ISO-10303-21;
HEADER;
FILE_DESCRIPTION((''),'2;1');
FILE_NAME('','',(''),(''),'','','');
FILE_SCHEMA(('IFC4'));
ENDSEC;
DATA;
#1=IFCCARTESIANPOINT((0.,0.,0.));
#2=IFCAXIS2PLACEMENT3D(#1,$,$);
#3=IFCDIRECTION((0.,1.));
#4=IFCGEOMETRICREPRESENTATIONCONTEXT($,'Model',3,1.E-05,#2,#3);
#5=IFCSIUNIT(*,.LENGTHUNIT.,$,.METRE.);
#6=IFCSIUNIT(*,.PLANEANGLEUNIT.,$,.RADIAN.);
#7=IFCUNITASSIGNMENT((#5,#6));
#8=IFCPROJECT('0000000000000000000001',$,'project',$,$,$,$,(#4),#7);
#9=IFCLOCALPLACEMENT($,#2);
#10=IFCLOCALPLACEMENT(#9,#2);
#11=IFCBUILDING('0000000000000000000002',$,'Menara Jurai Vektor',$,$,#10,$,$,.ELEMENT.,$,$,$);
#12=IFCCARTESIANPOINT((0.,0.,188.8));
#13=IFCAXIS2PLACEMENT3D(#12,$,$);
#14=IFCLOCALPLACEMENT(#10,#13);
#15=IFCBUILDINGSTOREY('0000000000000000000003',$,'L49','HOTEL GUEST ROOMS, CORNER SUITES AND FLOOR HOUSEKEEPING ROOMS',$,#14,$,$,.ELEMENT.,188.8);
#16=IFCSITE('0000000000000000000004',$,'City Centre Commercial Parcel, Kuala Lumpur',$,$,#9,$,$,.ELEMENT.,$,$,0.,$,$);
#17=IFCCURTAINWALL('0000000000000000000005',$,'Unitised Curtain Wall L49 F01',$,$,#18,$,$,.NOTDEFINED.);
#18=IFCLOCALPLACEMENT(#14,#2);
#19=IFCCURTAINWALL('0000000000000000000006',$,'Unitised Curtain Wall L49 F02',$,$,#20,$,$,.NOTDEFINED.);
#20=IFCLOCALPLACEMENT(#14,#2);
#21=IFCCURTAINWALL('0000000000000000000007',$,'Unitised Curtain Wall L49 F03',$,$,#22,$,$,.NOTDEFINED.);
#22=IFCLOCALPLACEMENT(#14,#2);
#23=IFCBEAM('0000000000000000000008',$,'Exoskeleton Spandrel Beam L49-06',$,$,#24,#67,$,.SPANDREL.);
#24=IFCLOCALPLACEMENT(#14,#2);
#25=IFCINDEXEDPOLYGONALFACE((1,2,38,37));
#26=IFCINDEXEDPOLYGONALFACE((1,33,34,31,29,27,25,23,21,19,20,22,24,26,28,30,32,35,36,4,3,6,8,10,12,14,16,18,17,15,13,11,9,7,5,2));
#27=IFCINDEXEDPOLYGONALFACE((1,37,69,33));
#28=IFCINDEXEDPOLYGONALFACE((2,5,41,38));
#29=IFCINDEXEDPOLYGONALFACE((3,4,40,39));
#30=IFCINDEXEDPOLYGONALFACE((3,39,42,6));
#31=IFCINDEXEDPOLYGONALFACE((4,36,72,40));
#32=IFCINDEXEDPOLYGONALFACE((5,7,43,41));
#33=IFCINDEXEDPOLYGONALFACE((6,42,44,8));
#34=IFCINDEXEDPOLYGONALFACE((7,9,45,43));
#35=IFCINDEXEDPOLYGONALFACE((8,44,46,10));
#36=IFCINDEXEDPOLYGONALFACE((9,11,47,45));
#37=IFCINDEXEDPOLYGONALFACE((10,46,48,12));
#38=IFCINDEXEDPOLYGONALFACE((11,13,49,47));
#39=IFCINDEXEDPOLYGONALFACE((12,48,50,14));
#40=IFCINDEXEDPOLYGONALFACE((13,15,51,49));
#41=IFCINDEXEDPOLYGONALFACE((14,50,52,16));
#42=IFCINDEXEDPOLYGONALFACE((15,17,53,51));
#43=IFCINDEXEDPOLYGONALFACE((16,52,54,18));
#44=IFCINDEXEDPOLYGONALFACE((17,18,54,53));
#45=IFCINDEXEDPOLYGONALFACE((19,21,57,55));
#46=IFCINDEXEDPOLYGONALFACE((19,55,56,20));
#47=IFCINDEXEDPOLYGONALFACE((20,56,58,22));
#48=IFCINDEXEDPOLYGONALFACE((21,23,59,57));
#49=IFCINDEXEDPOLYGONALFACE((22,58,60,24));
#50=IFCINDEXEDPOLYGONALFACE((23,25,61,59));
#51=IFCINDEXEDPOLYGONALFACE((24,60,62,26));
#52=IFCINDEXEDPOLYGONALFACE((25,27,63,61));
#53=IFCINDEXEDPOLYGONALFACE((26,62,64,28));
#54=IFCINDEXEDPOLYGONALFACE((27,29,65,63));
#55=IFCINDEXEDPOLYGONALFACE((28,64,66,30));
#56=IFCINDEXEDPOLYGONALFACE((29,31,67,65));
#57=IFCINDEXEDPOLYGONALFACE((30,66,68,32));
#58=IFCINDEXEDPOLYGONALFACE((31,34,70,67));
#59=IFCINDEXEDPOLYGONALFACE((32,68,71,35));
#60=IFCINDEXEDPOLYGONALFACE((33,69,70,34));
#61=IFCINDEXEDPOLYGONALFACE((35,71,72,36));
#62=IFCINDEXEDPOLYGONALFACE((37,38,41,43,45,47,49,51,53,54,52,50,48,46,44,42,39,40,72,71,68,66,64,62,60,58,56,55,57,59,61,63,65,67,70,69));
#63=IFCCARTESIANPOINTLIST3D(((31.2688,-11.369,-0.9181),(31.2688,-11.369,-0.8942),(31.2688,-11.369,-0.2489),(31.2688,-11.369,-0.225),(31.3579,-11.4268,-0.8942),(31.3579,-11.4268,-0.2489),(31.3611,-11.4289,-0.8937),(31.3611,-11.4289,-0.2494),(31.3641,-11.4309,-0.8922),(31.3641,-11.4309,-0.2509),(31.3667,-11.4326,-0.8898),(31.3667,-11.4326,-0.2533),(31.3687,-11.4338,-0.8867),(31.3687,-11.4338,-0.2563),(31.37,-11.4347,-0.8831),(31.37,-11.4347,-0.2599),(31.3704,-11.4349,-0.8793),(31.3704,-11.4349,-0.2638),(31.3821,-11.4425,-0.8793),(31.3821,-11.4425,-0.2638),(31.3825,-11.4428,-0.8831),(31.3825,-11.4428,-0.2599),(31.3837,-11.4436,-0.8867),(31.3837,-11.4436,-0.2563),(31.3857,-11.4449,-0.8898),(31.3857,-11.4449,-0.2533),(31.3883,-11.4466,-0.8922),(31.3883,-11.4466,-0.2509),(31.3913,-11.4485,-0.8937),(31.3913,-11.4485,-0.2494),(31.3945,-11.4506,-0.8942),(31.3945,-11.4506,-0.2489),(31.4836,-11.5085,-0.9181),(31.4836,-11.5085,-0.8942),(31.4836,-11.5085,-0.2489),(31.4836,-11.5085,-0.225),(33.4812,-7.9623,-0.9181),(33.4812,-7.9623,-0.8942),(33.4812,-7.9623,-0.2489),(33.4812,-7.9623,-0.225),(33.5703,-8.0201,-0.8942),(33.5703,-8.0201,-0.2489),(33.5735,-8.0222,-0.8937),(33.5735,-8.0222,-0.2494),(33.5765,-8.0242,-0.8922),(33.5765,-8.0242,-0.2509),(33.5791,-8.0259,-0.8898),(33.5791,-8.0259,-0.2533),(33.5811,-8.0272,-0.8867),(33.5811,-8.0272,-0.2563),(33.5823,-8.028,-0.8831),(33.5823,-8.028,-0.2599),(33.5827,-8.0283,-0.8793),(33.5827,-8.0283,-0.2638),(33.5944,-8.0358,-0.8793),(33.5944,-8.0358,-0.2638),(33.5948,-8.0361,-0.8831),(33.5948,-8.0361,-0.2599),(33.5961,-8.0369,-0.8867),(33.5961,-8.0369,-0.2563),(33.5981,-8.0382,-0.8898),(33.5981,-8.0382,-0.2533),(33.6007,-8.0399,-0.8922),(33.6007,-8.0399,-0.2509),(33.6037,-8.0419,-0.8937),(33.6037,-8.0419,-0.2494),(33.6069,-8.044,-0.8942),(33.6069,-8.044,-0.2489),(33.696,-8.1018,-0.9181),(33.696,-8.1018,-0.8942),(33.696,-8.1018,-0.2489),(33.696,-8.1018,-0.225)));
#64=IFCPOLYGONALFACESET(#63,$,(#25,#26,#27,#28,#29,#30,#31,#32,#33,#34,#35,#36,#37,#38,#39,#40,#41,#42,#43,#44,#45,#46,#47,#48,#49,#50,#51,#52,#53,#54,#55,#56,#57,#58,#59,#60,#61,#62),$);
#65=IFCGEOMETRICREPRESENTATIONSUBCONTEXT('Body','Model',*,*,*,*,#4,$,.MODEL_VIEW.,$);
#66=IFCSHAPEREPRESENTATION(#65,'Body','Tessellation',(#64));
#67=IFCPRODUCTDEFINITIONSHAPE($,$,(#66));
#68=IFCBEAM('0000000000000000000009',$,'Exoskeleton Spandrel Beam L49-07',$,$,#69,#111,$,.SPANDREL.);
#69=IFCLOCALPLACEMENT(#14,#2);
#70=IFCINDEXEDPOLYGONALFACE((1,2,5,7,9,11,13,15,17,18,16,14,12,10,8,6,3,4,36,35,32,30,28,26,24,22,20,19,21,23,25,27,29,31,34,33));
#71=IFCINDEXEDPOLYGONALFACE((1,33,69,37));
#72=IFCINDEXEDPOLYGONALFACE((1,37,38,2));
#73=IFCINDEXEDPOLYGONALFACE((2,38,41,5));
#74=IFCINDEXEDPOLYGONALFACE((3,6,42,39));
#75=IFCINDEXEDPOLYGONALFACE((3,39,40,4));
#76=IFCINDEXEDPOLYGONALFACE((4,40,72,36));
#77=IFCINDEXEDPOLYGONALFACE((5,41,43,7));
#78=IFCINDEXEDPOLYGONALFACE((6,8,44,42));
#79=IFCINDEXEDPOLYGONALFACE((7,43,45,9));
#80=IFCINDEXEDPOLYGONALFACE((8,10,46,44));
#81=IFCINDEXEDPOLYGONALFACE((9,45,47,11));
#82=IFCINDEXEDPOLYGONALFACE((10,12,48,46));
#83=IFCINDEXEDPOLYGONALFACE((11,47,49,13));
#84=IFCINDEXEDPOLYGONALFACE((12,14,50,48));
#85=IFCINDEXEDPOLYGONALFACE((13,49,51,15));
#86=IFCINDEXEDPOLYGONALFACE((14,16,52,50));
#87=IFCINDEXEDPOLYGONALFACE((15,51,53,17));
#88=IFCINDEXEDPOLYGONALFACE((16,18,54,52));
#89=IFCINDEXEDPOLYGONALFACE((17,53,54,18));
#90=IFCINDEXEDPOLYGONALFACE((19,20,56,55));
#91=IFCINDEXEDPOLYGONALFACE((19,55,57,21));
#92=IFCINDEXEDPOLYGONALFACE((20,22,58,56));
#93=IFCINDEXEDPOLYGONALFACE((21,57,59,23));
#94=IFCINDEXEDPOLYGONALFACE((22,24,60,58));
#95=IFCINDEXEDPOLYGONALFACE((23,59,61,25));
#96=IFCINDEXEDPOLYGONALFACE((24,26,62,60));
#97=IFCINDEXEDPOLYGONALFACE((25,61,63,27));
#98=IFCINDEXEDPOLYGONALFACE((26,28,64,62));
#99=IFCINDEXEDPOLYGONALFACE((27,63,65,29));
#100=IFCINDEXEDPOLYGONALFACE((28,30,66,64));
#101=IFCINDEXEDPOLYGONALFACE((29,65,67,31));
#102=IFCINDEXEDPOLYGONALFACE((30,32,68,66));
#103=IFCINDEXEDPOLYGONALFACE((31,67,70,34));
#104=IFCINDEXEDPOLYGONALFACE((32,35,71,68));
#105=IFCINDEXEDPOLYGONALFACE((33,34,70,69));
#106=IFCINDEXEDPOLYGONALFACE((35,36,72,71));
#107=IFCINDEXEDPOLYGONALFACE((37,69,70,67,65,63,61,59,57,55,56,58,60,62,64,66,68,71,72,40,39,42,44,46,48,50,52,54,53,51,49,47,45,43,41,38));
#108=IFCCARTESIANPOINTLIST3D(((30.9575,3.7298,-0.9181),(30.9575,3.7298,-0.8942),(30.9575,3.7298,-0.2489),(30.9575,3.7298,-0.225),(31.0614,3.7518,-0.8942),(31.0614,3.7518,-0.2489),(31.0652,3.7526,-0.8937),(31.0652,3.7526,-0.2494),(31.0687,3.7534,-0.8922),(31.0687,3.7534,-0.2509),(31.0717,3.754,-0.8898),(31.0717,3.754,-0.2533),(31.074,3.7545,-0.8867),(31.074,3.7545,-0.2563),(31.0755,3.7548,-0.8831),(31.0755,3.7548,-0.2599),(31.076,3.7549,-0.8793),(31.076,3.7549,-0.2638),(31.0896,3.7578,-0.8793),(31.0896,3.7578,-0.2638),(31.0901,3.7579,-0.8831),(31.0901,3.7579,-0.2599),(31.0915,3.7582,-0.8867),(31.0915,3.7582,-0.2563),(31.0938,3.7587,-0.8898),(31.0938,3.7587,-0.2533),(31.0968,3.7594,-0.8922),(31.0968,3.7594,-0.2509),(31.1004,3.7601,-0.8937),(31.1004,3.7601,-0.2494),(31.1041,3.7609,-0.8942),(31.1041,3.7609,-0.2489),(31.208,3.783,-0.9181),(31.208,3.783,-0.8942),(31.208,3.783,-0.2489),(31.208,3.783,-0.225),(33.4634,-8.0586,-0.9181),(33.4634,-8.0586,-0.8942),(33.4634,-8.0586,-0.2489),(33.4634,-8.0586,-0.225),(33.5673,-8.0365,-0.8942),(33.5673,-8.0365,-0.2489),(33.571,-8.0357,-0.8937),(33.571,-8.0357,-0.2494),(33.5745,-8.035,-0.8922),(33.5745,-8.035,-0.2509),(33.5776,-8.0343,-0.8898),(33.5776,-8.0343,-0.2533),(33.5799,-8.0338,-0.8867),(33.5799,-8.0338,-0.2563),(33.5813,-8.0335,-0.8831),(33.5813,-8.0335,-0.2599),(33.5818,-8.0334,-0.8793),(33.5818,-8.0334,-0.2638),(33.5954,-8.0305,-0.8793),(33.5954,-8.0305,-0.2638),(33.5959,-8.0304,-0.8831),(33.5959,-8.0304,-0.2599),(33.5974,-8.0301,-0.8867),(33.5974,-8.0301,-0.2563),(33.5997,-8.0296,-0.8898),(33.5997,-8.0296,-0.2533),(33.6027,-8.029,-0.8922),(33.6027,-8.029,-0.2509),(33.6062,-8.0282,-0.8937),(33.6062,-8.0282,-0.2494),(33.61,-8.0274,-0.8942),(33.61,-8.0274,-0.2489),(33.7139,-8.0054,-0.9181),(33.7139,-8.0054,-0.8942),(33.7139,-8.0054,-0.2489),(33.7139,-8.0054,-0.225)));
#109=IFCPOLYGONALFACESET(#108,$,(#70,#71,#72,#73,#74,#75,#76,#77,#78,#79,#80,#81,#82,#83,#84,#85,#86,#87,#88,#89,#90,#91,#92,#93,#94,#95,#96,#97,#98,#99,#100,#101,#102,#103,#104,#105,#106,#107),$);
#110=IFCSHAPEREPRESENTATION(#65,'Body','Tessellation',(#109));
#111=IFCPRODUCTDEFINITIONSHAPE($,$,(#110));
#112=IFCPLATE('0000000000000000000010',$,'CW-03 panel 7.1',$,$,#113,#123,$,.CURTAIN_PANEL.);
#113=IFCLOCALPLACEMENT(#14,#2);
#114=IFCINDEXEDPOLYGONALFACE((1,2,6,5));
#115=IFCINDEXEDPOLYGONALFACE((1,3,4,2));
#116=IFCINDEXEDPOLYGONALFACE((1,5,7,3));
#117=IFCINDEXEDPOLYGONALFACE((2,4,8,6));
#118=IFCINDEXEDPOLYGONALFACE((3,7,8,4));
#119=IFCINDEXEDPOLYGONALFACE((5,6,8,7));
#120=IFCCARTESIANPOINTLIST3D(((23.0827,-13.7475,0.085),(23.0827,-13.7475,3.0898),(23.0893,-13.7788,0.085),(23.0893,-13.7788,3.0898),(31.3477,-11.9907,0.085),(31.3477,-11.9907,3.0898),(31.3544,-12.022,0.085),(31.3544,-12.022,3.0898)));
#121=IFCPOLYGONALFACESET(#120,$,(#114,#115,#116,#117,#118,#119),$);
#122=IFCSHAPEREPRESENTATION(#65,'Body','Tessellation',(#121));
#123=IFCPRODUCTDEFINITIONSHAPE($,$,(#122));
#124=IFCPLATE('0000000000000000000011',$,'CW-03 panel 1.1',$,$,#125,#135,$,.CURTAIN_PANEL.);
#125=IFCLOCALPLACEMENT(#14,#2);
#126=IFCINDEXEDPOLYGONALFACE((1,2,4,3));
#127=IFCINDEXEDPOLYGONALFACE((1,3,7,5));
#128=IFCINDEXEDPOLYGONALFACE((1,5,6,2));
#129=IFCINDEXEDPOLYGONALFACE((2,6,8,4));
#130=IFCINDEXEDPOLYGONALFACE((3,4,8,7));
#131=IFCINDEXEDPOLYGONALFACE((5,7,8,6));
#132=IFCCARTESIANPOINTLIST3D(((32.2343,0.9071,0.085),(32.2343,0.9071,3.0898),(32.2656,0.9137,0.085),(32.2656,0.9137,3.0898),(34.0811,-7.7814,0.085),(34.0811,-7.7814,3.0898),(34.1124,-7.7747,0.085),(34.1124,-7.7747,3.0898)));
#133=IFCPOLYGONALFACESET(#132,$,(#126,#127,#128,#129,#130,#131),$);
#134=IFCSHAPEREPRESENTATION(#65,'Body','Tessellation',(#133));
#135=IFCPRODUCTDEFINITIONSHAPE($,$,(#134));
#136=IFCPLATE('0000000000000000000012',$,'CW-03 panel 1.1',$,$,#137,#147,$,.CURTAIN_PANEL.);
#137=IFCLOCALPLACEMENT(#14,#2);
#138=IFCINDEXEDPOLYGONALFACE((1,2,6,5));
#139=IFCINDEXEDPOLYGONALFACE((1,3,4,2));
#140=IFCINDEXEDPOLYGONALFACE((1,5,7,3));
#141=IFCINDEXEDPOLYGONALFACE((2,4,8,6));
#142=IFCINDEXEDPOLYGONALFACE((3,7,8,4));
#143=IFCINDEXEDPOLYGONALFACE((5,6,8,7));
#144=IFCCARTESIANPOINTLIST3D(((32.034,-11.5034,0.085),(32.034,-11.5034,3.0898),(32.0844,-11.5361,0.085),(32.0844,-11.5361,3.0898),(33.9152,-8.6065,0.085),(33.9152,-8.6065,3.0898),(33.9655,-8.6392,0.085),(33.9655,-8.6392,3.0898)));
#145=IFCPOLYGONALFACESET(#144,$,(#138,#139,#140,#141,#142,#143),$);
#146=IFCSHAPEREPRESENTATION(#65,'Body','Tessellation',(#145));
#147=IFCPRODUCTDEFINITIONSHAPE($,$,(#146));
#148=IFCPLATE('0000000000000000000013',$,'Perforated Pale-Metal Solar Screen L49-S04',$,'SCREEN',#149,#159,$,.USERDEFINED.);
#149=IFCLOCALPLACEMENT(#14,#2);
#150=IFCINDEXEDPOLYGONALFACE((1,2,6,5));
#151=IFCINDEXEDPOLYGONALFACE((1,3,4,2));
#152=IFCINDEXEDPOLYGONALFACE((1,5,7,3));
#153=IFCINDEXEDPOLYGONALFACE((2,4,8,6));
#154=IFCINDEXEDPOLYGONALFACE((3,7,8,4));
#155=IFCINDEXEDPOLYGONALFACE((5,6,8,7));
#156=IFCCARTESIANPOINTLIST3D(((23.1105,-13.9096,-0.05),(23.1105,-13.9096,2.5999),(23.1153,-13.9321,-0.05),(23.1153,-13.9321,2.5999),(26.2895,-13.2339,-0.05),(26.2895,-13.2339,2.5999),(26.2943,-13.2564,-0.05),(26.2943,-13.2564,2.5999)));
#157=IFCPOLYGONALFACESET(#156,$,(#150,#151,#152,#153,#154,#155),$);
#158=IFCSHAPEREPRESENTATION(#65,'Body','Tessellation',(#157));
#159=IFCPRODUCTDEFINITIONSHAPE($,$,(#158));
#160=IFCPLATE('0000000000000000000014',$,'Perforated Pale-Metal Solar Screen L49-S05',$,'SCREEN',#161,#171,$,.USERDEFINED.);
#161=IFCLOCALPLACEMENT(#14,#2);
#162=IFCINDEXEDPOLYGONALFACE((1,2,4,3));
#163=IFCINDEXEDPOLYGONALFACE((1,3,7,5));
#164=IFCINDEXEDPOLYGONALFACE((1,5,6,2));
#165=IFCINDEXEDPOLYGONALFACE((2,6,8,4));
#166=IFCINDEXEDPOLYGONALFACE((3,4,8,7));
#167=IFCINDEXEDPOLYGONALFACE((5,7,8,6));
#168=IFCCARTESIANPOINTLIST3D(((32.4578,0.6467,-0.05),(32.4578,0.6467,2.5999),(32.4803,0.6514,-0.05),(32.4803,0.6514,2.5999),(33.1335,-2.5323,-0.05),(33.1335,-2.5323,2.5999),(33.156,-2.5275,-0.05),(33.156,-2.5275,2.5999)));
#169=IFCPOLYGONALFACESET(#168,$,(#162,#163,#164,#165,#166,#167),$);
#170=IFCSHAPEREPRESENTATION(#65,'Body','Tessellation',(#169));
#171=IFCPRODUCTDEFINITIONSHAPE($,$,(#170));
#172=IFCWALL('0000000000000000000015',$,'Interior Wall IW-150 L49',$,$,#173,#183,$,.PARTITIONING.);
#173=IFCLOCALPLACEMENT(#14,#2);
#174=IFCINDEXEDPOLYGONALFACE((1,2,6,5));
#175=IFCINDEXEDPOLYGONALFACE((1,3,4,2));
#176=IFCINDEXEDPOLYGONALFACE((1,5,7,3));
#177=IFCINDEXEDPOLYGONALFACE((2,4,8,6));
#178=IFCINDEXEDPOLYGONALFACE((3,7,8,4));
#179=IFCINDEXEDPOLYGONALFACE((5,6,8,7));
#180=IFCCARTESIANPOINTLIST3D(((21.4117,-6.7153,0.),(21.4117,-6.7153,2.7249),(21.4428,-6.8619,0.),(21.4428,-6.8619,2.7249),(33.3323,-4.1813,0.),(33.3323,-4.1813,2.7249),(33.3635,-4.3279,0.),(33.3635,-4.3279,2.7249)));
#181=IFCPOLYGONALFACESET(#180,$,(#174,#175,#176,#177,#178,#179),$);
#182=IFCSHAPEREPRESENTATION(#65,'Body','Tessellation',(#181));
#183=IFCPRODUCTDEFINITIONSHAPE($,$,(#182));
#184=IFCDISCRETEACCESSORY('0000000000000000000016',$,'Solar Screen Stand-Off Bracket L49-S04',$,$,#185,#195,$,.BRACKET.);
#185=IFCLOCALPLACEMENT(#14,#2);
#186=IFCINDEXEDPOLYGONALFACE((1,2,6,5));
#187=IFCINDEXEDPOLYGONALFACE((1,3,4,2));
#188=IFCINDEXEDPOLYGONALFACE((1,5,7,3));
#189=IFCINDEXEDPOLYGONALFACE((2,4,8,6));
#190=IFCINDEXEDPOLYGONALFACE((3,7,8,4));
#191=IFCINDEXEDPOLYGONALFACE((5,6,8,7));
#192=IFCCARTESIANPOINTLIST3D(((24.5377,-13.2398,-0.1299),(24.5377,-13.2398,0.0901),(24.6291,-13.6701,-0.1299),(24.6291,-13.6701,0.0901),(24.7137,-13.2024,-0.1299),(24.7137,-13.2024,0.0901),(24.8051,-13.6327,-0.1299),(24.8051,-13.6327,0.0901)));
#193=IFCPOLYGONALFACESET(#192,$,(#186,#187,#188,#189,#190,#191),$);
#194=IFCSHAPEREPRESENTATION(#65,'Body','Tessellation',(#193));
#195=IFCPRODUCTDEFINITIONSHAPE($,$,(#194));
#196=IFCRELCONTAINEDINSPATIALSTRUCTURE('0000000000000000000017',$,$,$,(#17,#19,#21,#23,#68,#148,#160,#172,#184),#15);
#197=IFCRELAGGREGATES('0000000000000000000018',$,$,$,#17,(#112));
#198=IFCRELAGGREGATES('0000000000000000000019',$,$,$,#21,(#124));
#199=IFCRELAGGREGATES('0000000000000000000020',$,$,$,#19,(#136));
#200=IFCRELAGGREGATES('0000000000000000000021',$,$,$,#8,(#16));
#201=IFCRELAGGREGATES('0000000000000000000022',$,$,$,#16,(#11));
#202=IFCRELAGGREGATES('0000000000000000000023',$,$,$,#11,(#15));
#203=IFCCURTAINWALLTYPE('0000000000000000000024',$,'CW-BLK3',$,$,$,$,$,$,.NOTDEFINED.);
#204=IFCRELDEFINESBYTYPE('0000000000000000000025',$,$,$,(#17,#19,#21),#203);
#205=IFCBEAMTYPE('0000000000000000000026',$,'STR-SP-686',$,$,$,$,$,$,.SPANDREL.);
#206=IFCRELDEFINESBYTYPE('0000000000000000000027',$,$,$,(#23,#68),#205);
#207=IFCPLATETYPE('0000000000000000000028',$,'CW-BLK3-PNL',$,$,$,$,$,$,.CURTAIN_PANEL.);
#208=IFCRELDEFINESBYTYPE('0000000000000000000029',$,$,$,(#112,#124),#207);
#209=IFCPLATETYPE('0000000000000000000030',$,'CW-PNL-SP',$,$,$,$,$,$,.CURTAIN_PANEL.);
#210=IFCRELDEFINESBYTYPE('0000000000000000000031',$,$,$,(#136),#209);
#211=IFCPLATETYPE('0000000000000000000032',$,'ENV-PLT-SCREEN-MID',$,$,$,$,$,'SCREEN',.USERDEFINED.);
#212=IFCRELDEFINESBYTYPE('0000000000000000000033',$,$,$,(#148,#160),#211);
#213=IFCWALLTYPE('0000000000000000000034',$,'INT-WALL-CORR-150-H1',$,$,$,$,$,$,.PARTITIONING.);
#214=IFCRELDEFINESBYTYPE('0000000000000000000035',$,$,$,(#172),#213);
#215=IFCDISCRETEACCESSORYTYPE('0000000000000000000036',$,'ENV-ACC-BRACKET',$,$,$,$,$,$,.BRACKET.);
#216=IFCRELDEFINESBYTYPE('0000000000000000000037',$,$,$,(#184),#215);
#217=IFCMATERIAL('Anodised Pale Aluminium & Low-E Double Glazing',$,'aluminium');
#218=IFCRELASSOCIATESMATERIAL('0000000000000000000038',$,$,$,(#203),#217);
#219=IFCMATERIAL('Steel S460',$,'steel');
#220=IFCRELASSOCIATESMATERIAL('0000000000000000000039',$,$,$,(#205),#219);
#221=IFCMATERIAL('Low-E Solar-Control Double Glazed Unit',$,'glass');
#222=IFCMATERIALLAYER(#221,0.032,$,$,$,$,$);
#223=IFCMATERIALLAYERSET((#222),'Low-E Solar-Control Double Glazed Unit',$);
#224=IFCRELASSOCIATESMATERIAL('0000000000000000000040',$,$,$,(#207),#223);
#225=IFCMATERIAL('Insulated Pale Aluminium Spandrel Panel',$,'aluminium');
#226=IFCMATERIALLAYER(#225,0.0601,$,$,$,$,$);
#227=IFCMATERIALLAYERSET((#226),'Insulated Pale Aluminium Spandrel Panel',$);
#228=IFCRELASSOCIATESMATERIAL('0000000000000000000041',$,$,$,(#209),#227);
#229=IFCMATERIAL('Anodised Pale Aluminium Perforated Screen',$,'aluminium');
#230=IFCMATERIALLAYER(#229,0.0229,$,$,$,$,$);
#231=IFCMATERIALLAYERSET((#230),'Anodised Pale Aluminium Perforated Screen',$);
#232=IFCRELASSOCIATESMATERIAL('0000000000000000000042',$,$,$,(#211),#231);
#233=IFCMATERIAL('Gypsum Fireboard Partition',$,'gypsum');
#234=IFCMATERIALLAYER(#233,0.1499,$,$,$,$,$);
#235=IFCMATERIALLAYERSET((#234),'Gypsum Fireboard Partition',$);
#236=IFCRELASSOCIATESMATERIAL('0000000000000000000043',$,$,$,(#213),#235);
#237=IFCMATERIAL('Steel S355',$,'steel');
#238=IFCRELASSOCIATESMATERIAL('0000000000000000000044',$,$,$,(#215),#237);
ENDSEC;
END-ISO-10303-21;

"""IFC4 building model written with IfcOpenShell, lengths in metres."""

from ifc_helpers import new_model, si_unit, direction, frame, frame_2d, origin, origin_2d, place, context, subcontext, project, spatial, rectangle, i_section, extrude, material, layer, layer_set, material_profile, profile_set, type_object, element, aggregate, save


model = new_model("IFC4")

# Units and contexts
model_context = context("Model", 3, precision=1e-05, world=origin(), true_north=direction((0.0, 1.0)))
body_context = subcontext(model_context, "Body", "Model", "MODEL_VIEW")
ifc_project = project(units=[si_unit("LENGTHUNIT", "METRE"), si_unit("PLANEANGLEUNIT", "RADIAN")], contexts=[model_context])

# Site, building, storey
site_placement = place(None, origin())
site = spatial("IfcSite", under=ifc_project, at=site_placement, Name="City Centre Commercial Parcel, Kuala Lumpur", CompositionType="ELEMENT", RefElevation=0.0)
building_placement = place(site_placement, origin())
building = spatial("IfcBuilding", under=site, at=building_placement, Name="Menara Jurai Vektor", CompositionType="ELEMENT")
storey_placement = place(building_placement, frame((0.0, 0.0, 188.8)))
storey = spatial("IfcBuildingStorey", under=building, at=storey_placement, Name="L49", Description="HOTEL GUEST ROOMS, CORNER SUITES AND FLOOR HOUSEKEEPING ROOMS", CompositionType="ELEMENT", Elevation=188.8)

# Shared definitions
ifc_material_1 = material(Name="Steel S460", Category="steel")

# Curtain walls
ifc_material_2 = material(Name="Anodised Pale Aluminium & Low-E Double Glazing", Category="aluminium")
curtain_wall_type = type_object("IfcCurtainWallType", Name="CW-BLK3", PredefinedType="NOTDEFINED", material=ifc_material_2)
curtain_wall_1_placement = place(storey_placement, origin())
curtain_wall_1 = element("IfcCurtainWall", 1, at=curtain_wall_1_placement, inside=storey, type_object=curtain_wall_type, Name="Unitised Curtain Wall L49 F01", PredefinedType="NOTDEFINED")
curtain_wall_2_placement = place(storey_placement, origin())
curtain_wall_2 = element("IfcCurtainWall", 2, at=curtain_wall_2_placement, inside=storey, type_object=curtain_wall_type, Name="Unitised Curtain Wall L49 F02", PredefinedType="NOTDEFINED")

# Curtain wall
curtain_wall_3_placement = place(storey_placement, origin())
curtain_wall_3 = element("IfcCurtainWall", 3, at=curtain_wall_3_placement, inside=storey, type_object=curtain_wall_type, Name="Unitised Curtain Wall L49 F03", PredefinedType="NOTDEFINED")

# Shared definitions
ifc_material_3 = material(Name="Steel S355", Category="steel")

# Beams
ifc_material_profile_1 = material_profile(ifc_material_1, i_section(OverallWidth=0.2561, OverallDepth=0.6931, WebThickness=0.0139, FlangeThickness=0.0239, FilletRadius=0.0149, at=origin_2d()), Name="UKB 686x254x170")
ifc_profile_set_1 = profile_set([ifc_material_profile_1], Name="Steel S460")
beam_type_1 = type_object("IfcBeamType", Name="STR-SP-686", PredefinedType="SPANDREL", material=ifc_profile_set_1)
beam_1_placement = place(storey_placement, frame((31.3762, -11.4387, -0.5715), z_axis=(0.544646, 0.838666, 0.0), x_axis=(-0.838666, 0.544646, 0.0)))
element("IfcBeam", 4, at=beam_1_placement, inside=storey, type_object=beam_type_1, Name="Exoskeleton Spandrel Beam L49-06", PredefinedType="SPANDREL", context=body_context, shape_type="SweptSolid", body=[
    extrude(i_section(OverallWidth=0.2561, OverallDepth=0.6931, WebThickness=0.0139, FlangeThickness=0.0239, FilletRadius=0.0149, at=origin_2d()), origin(), (0.0, 0.0, 1.0), 4.062),
])
beam_2_placement = place(storey_placement, frame((33.5886, -8.032, -0.5715), z_axis=(-0.207925, 0.978145, 0.0), x_axis=(-0.978145, -0.207925, 0.0)))
element("IfcBeam", 5, at=beam_2_placement, inside=storey, type_object=beam_type_1, Name="Exoskeleton Spandrel Beam L49-07", PredefinedType="SPANDREL", context=body_context, shape_type="SweptSolid", body=[
    extrude(i_section(OverallWidth=0.2561, OverallDepth=0.6931, WebThickness=0.0139, FlangeThickness=0.0239, FilletRadius=0.0149, at=origin_2d()), origin(), (0.0, 0.0, 1.0), 12.0518),
])

# Plates
ifc_material_4 = material(Name="Low-E Solar-Control Double Glazed Unit", Category="glass")
ifc_layer_1 = layer(ifc_material_4, 0.032)
ifc_layer_set_1 = layer_set([ifc_layer_1], Name="Low-E Solar-Control Double Glazed Unit")
plate_type_1 = type_object("IfcPlateType", Name="CW-BLK3-PNL", PredefinedType="CURTAIN_PANEL", material=ifc_layer_set_1)
plate_1_placement = place(storey_placement, frame((27.2185, -12.8848, 0.085), z_axis=(0.0, 0.0, 1.0), x_axis=(0.978148, 0.207911, 0.0)))
plate_1 = element("IfcPlate", 6, at=plate_1_placement, type_object=plate_type_1, Name="CW-03 panel 7.1", PredefinedType="CURTAIN_PANEL", context=body_context, shape_type="SweptSolid", body=[
    extrude(rectangle(XDim=8.4497, YDim=0.032, at=origin_2d()), origin(), (0.0, 0.0, 1.0), 3.0049),
])
aggregate(curtain_wall_1, [plate_1])
plate_2_placement = place(storey_placement, frame((33.1733, -3.4338, 0.085), z_axis=(0.0, 0.0, 1.0), x_axis=(-0.20791, 0.978148, 0.0)))
plate_2 = element("IfcPlate", 7, at=plate_2_placement, type_object=plate_type_1, Name="CW-03 panel 1.1", PredefinedType="CURTAIN_PANEL", context=body_context, shape_type="SweptSolid", body=[
    extrude(rectangle(XDim=8.8826, YDim=0.032, at=origin_2d()), origin(), (0.0, 0.0, 1.0), 3.0049),
])
aggregate(curtain_wall_3, [plate_2])
ifc_material_5 = material(Name="Insulated Pale Aluminium Spandrel Panel", Category="aluminium")
ifc_layer_2 = layer(ifc_material_5, 0.0601)
ifc_layer_set_2 = layer_set([ifc_layer_2], Name="Insulated Pale Aluminium Spandrel Panel")
plate_type_2 = type_object("IfcPlateType", Name="CW-PNL-SP", PredefinedType="CURTAIN_PANEL", material=ifc_layer_set_2)
plate_3_placement = place(storey_placement, frame((32.9998, -10.0713, 0.085), z_axis=(0.0, 0.0, 1.0), x_axis=(0.544618, 0.838684, 0.0)))
plate_3 = element("IfcPlate", 8, at=plate_3_placement, type_object=plate_type_2, Name="CW-03 panel 1.1", PredefinedType="CURTAIN_PANEL", context=body_context, shape_type="SweptSolid", body=[
    extrude(rectangle(XDim=3.4541, YDim=0.0601, at=origin_2d()), origin(), (0.0, 0.0, 1.0), 3.0049),
])
aggregate(curtain_wall_2, [plate_3])

# Plates
ifc_material_6 = material(Name="Anodised Pale Aluminium Perforated Screen", Category="aluminium")
ifc_layer_3 = layer(ifc_material_6, 0.0229)
ifc_layer_set_3 = layer_set([ifc_layer_3], Name="Anodised Pale Aluminium Perforated Screen")
plate_type_3 = type_object("IfcPlateType", Name="ENV-PLT-SCREEN-MID", ElementType="SCREEN", PredefinedType="USERDEFINED", material=ifc_layer_set_3)
for number, where, z_axis, x_axis, name in (
    (9, (24.7024, -13.583, -0.05), (0.0, 0.0, 1.0), (0.978148, 0.207912, 0.0), "Perforated Pale-Metal Solar Screen L49-S04"),
    (10, (32.8069, -0.9404, -0.05), (0.0, 0.0, 1.0), (-0.207912, 0.978148, 0.0), "Perforated Pale-Metal Solar Screen L49-S05"),
):
    element("IfcPlate", number, at=place(storey_placement, frame(where, z_axis=z_axis, x_axis=x_axis)), inside=storey, type_object=plate_type_3, Name=name, ObjectType="SCREEN", PredefinedType="USERDEFINED", context=body_context, shape_type="SweptSolid", body=[
        extrude(rectangle(XDim=3.25, YDim=0.0229, at=origin_2d()), origin(), (0.0, 0.0, 1.0), 2.6499),
    ])

# Shared definitions
ifc_material_7 = material(Name="Gypsum Fireboard Partition", Category="gypsum")

# Wall
ifc_layer_4 = layer(ifc_material_7, 0.1499)
ifc_layer_set_4 = layer_set([ifc_layer_4], Name="Gypsum Fireboard Partition")
wall_type_1 = type_object("IfcWallType", Name="INT-WALL-CORR-150-H1", PredefinedType="PARTITIONING", material=ifc_layer_set_4)
wall_1_placement = place(storey_placement, frame((21.4272, -6.7886, 0.0), z_axis=(0.0, 0.0, 1.0), x_axis=(0.978146, 0.207921, 0.0)))
element("IfcWall", 11, at=wall_1_placement, inside=storey, type_object=wall_type_1, Name="Interior Wall IW-150 L49", PredefinedType="PARTITIONING", context=body_context, shape_type="SweptSolid", body=[
    extrude(rectangle(XDim=12.187, YDim=0.1499, at=frame_2d((6.0935, 0.0))), origin(), (0.0, 0.0, 1.0), 2.7249),
])

# Discrete accessory
discrete_accessory_type = type_object("IfcDiscreteAccessoryType", Name="ENV-ACC-BRACKET", PredefinedType="BRACKET", material=ifc_material_3)
for number, where, z_axis, x_axis, name in (
    (12, (24.6714, -13.4363, -0.1299), (0.0, 0.0, 1.0), (0.978148, 0.207912, 0.0), "Solar Screen Stand-Off Bracket L49-S04"),
):
    element("IfcDiscreteAccessory", number, at=place(storey_placement, frame(where, z_axis=z_axis, x_axis=x_axis)), inside=storey, type_object=discrete_accessory_type, Name=name, PredefinedType="BRACKET", context=body_context, shape_type="SweptSolid", body=[
        extrude(rectangle(XDim=0.1799, YDim=0.4399, at=origin_2d()), origin(), (0.0, 0.0, 1.0), 0.22),
    ])

save(model, "model.ifc")
